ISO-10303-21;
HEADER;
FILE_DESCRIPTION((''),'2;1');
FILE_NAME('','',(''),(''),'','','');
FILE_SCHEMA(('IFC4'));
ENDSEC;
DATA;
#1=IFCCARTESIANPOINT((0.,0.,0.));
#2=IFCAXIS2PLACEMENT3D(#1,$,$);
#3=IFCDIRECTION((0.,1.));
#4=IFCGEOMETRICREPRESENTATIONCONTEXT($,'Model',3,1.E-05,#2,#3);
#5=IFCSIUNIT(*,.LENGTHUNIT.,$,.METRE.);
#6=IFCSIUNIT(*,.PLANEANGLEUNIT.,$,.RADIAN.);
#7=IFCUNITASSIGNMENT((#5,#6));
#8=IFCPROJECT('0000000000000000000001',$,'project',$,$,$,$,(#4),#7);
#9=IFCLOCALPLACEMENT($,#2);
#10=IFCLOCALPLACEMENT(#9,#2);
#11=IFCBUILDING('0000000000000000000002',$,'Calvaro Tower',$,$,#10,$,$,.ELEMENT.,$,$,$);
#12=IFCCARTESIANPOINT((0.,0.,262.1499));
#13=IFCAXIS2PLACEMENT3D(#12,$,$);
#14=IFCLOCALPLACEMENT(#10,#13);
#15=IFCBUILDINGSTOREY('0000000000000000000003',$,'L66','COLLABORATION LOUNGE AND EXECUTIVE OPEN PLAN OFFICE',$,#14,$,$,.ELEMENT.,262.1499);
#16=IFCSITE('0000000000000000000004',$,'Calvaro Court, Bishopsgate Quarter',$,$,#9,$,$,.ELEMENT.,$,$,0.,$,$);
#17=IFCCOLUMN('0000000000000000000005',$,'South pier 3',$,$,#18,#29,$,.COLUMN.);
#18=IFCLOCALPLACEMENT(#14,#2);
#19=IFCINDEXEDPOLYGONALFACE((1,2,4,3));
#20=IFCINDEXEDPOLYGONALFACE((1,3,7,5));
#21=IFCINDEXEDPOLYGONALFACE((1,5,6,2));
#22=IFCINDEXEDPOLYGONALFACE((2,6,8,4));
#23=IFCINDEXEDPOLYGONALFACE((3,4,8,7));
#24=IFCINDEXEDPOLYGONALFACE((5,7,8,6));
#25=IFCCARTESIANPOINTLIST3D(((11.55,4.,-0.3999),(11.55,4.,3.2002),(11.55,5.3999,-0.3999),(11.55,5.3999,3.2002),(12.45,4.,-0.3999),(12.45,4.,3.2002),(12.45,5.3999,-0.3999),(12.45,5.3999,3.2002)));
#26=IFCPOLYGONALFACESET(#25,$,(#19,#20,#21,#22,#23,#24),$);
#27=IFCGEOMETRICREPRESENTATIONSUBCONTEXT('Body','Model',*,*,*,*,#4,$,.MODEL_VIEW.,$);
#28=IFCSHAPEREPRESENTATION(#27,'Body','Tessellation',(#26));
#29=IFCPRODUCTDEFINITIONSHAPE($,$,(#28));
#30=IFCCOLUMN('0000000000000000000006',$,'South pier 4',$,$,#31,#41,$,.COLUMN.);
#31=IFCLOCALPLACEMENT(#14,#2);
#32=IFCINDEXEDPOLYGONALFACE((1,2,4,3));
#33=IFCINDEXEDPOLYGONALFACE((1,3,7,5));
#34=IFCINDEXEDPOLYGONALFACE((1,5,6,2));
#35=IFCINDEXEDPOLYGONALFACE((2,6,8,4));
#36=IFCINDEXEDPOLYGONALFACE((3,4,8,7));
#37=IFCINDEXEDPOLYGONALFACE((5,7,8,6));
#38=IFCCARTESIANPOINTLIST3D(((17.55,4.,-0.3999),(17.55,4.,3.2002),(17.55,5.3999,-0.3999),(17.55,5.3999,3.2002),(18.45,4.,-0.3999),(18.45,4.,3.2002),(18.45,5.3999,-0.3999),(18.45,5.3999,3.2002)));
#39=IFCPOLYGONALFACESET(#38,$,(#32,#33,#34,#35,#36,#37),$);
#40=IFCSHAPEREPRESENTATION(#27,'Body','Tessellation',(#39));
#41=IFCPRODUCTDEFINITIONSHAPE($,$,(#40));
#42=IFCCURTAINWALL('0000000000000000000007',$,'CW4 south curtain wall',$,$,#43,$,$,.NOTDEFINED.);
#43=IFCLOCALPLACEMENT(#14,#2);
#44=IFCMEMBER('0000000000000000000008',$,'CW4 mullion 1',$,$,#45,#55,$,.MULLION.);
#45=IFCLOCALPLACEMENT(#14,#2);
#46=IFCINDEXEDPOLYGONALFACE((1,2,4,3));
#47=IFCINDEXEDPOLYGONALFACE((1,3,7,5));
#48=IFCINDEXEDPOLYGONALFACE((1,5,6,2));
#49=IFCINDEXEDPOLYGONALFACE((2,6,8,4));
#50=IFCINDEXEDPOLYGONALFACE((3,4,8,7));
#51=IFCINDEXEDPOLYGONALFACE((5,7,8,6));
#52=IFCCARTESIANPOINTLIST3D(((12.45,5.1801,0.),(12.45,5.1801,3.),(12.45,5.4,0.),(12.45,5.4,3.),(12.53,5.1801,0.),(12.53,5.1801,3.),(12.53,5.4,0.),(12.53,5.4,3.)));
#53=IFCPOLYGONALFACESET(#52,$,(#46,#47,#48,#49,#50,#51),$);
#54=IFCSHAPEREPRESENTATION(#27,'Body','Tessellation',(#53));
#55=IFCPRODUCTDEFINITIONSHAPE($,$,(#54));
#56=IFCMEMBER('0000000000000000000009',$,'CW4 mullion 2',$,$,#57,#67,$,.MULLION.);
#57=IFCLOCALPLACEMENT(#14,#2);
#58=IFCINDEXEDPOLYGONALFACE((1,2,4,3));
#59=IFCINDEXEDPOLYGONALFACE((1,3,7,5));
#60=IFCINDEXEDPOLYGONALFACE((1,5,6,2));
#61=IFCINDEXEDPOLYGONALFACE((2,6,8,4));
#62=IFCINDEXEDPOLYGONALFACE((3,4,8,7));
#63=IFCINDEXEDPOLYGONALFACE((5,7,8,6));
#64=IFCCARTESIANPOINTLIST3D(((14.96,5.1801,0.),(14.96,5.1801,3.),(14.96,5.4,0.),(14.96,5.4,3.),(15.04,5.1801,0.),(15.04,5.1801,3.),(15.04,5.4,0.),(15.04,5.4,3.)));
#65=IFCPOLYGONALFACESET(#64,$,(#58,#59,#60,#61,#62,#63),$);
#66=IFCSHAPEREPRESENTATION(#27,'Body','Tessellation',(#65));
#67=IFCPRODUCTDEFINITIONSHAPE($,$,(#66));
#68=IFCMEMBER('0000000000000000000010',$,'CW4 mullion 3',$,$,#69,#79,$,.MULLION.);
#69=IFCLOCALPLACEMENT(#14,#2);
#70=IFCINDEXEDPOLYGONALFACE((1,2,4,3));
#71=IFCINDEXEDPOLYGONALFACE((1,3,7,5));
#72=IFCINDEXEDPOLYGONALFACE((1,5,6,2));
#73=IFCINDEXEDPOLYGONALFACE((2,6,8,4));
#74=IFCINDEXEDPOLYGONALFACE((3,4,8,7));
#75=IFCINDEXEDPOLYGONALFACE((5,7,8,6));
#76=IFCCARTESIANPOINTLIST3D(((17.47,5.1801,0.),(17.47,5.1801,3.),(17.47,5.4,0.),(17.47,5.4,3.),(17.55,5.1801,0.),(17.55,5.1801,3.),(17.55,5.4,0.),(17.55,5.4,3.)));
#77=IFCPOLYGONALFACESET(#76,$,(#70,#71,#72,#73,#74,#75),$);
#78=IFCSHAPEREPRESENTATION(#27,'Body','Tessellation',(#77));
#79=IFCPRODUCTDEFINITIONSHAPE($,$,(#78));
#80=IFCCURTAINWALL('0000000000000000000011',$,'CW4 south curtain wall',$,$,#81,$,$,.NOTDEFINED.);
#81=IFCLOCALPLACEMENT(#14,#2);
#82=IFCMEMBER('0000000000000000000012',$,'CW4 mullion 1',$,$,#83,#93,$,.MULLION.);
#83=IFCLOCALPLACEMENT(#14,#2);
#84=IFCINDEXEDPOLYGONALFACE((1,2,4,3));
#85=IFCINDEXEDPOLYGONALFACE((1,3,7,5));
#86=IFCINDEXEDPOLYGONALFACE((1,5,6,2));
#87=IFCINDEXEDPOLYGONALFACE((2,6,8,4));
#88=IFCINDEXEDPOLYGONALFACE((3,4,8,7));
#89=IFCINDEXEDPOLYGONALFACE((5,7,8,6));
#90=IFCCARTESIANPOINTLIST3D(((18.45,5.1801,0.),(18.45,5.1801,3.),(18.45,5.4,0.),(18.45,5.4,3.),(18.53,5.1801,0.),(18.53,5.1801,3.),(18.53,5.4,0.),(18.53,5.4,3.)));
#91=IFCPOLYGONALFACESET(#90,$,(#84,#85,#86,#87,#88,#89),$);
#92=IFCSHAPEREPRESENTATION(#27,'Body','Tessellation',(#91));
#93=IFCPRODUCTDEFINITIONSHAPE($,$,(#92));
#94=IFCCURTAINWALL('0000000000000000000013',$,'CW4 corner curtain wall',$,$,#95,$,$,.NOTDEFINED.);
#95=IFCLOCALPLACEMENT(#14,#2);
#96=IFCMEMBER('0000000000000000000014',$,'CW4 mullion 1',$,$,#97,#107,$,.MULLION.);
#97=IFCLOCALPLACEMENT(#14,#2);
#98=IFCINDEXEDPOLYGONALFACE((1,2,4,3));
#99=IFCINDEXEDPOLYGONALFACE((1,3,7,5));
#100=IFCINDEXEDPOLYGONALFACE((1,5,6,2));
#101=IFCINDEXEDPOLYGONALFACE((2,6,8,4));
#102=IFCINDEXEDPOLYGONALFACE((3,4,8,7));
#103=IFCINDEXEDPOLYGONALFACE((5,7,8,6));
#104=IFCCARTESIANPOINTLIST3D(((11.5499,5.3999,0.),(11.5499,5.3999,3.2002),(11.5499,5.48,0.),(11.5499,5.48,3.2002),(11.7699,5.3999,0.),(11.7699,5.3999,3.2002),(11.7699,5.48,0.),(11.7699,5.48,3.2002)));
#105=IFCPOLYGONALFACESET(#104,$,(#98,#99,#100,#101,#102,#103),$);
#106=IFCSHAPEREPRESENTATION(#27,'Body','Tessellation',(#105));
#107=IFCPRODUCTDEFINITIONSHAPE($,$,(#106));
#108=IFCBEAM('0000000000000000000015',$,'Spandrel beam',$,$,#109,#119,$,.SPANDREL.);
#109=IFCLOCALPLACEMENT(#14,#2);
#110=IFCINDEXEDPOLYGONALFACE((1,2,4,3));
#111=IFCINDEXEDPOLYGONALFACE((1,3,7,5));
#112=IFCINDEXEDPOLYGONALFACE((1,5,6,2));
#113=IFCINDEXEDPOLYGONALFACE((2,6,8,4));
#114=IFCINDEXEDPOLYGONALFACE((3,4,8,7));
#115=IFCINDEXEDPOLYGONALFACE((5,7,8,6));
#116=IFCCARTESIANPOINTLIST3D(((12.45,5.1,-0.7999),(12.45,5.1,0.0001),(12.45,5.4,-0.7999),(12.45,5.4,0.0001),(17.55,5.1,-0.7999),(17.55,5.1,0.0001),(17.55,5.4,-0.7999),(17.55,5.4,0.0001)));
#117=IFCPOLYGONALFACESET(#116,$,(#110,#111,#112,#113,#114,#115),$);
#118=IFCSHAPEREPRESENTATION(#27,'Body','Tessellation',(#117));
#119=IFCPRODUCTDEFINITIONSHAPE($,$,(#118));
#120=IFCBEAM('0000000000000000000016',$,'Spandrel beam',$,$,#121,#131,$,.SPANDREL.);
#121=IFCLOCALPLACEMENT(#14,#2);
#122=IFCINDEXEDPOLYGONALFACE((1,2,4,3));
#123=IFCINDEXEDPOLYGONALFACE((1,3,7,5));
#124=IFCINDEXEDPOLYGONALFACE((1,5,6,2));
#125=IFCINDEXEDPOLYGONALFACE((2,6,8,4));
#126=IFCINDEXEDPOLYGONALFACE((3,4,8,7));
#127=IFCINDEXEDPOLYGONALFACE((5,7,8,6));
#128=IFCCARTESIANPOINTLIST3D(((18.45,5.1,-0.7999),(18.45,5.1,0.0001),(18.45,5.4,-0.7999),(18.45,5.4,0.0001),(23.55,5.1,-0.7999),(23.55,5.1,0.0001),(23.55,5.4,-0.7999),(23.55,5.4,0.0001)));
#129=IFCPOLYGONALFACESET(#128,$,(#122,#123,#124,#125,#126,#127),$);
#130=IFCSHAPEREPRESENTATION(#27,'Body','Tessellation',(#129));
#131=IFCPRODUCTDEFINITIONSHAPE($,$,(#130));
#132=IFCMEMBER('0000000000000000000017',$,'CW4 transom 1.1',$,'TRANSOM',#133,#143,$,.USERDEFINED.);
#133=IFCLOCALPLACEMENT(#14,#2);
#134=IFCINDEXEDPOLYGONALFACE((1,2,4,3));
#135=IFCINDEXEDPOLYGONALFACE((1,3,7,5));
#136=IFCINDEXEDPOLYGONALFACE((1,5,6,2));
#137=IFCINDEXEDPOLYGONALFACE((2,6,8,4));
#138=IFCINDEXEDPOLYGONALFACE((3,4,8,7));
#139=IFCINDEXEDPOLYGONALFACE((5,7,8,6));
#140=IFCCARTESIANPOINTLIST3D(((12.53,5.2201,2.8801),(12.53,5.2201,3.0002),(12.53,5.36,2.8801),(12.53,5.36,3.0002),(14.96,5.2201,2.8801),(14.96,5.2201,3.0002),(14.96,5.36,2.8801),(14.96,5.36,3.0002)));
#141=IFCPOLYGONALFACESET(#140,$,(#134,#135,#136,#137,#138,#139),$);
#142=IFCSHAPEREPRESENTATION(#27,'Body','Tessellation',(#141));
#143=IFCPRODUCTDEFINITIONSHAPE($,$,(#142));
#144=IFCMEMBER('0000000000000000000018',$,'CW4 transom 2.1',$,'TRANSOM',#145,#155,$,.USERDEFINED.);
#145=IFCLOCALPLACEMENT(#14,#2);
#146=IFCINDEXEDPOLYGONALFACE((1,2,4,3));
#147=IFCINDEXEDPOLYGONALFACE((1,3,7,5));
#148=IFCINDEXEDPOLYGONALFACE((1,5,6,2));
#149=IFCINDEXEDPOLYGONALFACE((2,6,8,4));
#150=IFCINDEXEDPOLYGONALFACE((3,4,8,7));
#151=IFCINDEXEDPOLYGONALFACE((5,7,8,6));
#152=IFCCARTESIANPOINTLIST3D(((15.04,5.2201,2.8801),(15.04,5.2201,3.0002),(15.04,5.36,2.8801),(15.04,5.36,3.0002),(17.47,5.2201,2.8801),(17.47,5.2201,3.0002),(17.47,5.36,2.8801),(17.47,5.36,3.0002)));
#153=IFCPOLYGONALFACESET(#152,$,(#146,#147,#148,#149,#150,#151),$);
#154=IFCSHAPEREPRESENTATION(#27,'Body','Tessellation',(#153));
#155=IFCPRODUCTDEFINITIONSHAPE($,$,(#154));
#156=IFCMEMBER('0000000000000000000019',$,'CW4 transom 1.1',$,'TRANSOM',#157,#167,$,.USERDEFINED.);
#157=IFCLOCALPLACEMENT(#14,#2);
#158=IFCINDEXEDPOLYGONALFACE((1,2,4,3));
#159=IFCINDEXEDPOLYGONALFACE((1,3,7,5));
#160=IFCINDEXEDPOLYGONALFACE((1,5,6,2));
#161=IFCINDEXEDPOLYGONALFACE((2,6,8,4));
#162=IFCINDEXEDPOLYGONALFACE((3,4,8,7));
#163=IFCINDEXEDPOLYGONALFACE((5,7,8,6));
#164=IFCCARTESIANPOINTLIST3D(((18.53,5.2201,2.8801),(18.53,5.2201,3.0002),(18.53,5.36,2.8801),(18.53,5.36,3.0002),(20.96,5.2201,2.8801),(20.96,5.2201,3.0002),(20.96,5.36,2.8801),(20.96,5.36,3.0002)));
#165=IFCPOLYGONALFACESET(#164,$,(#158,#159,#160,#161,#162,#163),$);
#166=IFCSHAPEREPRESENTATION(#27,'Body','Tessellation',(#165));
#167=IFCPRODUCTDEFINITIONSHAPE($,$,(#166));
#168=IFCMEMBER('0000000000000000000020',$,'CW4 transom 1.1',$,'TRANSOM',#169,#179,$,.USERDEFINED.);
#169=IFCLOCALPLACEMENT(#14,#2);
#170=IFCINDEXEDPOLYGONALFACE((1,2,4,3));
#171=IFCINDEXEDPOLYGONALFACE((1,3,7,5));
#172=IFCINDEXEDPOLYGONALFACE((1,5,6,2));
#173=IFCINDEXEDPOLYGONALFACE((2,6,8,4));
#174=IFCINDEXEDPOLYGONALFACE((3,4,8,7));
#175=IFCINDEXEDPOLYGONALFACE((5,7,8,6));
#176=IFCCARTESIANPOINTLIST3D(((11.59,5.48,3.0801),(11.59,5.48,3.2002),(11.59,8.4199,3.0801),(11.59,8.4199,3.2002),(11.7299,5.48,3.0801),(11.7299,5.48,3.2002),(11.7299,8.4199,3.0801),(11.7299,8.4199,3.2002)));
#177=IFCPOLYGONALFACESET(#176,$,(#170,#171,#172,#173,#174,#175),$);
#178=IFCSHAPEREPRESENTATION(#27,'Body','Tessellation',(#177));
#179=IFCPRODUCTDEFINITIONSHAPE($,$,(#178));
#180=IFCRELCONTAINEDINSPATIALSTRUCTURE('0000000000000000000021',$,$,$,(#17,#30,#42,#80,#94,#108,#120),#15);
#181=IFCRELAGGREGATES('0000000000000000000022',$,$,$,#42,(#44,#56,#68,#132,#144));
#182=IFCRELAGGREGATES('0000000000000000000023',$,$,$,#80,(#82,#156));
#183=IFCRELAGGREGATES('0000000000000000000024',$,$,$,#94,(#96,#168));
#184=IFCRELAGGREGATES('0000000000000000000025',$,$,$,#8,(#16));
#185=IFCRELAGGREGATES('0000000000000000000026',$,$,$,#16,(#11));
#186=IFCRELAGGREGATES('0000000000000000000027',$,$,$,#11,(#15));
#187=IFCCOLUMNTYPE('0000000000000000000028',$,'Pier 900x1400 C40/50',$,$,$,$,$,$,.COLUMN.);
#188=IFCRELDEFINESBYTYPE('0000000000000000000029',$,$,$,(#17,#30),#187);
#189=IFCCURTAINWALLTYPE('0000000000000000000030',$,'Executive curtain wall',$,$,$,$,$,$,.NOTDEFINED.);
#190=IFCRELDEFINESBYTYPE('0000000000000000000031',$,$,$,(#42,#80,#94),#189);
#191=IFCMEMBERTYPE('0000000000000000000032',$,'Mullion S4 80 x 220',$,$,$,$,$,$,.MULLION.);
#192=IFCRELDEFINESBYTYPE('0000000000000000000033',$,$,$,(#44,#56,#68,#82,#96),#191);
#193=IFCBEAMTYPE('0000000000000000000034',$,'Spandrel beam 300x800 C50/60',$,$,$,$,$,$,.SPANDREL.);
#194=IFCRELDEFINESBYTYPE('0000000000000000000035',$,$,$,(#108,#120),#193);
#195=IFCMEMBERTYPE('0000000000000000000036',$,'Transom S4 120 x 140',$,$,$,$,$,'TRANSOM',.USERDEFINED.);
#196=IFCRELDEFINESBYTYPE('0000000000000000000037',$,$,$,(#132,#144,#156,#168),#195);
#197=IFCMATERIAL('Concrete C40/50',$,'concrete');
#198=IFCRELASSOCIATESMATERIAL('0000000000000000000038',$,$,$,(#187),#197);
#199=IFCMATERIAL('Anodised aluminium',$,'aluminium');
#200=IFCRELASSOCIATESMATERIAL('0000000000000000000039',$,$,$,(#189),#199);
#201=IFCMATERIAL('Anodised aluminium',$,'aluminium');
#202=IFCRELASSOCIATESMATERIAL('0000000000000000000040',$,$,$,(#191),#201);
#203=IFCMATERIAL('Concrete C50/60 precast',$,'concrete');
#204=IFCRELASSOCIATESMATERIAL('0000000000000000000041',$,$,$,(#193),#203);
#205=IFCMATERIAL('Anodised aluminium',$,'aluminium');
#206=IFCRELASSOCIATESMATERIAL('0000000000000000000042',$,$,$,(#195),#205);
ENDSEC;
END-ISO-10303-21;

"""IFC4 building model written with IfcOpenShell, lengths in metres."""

from ifc_helpers import new_model, si_unit, direction, frame, origin, origin_2d, place, context, subcontext, project, spatial, rectangle, extrude, material, material_profile, profile_set, type_object, element, aggregate, save


model = new_model("IFC4")

# Units and contexts
model_context = context("Model", 3, precision=1e-05, world=origin(), true_north=direction((0.0, 1.0)))
body_context = subcontext(model_context, "Body", "Model", "MODEL_VIEW")
ifc_project = project(units=[si_unit("LENGTHUNIT", "METRE"), si_unit("PLANEANGLEUNIT", "RADIAN")], contexts=[model_context])

# Site, building, storey
site_placement = place(None, origin())
site = spatial("IfcSite", under=ifc_project, at=site_placement, Name="Calvaro Court, Bishopsgate Quarter", CompositionType="ELEMENT", RefElevation=0.0)
building_placement = place(site_placement, origin())
building = spatial("IfcBuilding", under=site, at=building_placement, Name="Calvaro Tower", CompositionType="ELEMENT")
storey_placement = place(building_placement, frame((0.0, 0.0, 262.1499)))
storey = spatial("IfcBuildingStorey", under=building, at=storey_placement, Name="L66", Description="COLLABORATION LOUNGE AND EXECUTIVE OPEN PLAN OFFICE", CompositionType="ELEMENT", Elevation=262.1499)

# Columns
ifc_material_1 = material(Name="Concrete C40/50", Category="concrete")
ifc_material_profile_1 = material_profile(ifc_material_1, rectangle(XDim=0.8999, YDim=1.3999, at=origin_2d()), Name="RC 900x1400")
ifc_profile_set_1 = profile_set([ifc_material_profile_1], Name="Concrete C40/50")
column_type = type_object("IfcColumnType", Name="Pier 900x1400 C40/50", PredefinedType="COLUMN", material=ifc_profile_set_1)
for number, where, z_axis, x_axis, name in (
    (1, (12.0, 4.7, -0.3999), (0.0, 0.0, 1.0), (1.0, 0.0, 0.0), "South pier 3"),
    (2, (18.0, 4.7, -0.3999), (0.0, 0.0, 1.0), (1.0, 0.0, 0.0), "South pier 4"),
):
    element("IfcColumn", number, at=place(storey_placement, frame(where, z_axis=z_axis, x_axis=x_axis)), inside=storey, type_object=column_type, Name=name, PredefinedType="COLUMN", context=body_context, shape_type="SweptSolid", body=[
        extrude(rectangle(XDim=0.8999, YDim=1.3999, at=origin_2d()), origin(), (0.0, 0.0, 1.0), 3.6001),
    ])

# Curtain wall, members
ifc_material_2 = material(Name="Anodised aluminium", Category="aluminium")
curtain_wall_type = type_object("IfcCurtainWallType", Name="Executive curtain wall", PredefinedType="NOTDEFINED", material=ifc_material_2)
curtain_wall_1_placement = place(storey_placement, origin())
curtain_wall_1 = element("IfcCurtainWall", 3, at=curtain_wall_1_placement, inside=storey, type_object=curtain_wall_type, Name="CW4 south curtain wall", PredefinedType="NOTDEFINED")
ifc_material_3 = material(Name="Anodised aluminium", Category="aluminium")
ifc_material_profile_2 = material_profile(ifc_material_3, rectangle(XDim=0.22, YDim=0.0801, at=origin_2d()), Name="Mullion S4 80 x 220")
ifc_profile_set_2 = profile_set([ifc_material_profile_2], Name="Anodised aluminium")
member_type_1 = type_object("IfcMemberType", Name="Mullion S4 80 x 220", PredefinedType="MULLION", material=ifc_profile_set_2)
member_1_placement = place(storey_placement, frame((12.49, 5.29, 0.0), z_axis=(0.0, 0.0, 1.0), x_axis=(0.0, 1.0, 0.0)))
member_1 = element("IfcMember", 4, at=member_1_placement, type_object=member_type_1, Name="CW4 mullion 1", PredefinedType="MULLION", context=body_context, shape_type="SweptSolid", body=[
    extrude(rectangle(XDim=0.22, YDim=0.0801, at=origin_2d()), origin(), (0.0, 0.0, 1.0), 3.0),
])
member_2_placement = place(storey_placement, frame((15.0, 5.29, 0.0), z_axis=(0.0, 0.0, 1.0), x_axis=(0.0, 1.0, 0.0)))
member_2 = element("IfcMember", 5, at=member_2_placement, type_object=member_type_1, Name="CW4 mullion 2", PredefinedType="MULLION", context=body_context, shape_type="SweptSolid", body=[
    extrude(rectangle(XDim=0.22, YDim=0.0801, at=origin_2d()), origin(), (0.0, 0.0, 1.0), 3.0),
])
member_3_placement = place(storey_placement, frame((17.51, 5.29, 0.0), z_axis=(0.0, 0.0, 1.0), x_axis=(0.0, 1.0, 0.0)))
member_3 = element("IfcMember", 6, at=member_3_placement, type_object=member_type_1, Name="CW4 mullion 3", PredefinedType="MULLION", context=body_context, shape_type="SweptSolid", body=[
    extrude(rectangle(XDim=0.22, YDim=0.0801, at=origin_2d()), origin(), (0.0, 0.0, 1.0), 3.0),
])

# Curtain walls, members
curtain_wall_2_placement = place(storey_placement, origin())
curtain_wall_2 = element("IfcCurtainWall", 7, at=curtain_wall_2_placement, inside=storey, type_object=curtain_wall_type, Name="CW4 south curtain wall", PredefinedType="NOTDEFINED")
member_4_placement = place(storey_placement, frame((18.49, 5.29, 0.0), z_axis=(0.0, 0.0, 1.0), x_axis=(0.0, 1.0, 0.0)))
member_4 = element("IfcMember", 8, at=member_4_placement, type_object=member_type_1, Name="CW4 mullion 1", PredefinedType="MULLION", context=body_context, shape_type="SweptSolid", body=[
    extrude(rectangle(XDim=0.22, YDim=0.0801, at=origin_2d()), origin(), (0.0, 0.0, 1.0), 3.0),
])
curtain_wall_3_placement = place(storey_placement, origin())
curtain_wall_3 = element("IfcCurtainWall", 9, at=curtain_wall_3_placement, inside=storey, type_object=curtain_wall_type, Name="CW4 corner curtain wall", PredefinedType="NOTDEFINED")
member_5_placement = place(storey_placement, frame((11.6599, 5.4399, 0.0), z_axis=(0.0, 0.0, 1.0), x_axis=(-1.0, 0.0, 0.0)))
member_5 = element("IfcMember", 10, at=member_5_placement, type_object=member_type_1, Name="CW4 mullion 1", PredefinedType="MULLION", context=body_context, shape_type="SweptSolid", body=[
    extrude(rectangle(XDim=0.22, YDim=0.0801, at=origin_2d()), origin(), (0.0, 0.0, 1.0), 3.2002),
])

# Beams
ifc_material_4 = material(Name="Concrete C50/60 precast", Category="concrete")
ifc_material_profile_3 = material_profile(ifc_material_4, rectangle(XDim=0.3, YDim=0.8, at=origin_2d()), Name="RC 300x800")
ifc_profile_set_3 = profile_set([ifc_material_profile_3], Name="Concrete C50/60 precast")
beam_type = type_object("IfcBeamType", Name="Spandrel beam 300x800 C50/60", PredefinedType="SPANDREL", material=ifc_profile_set_3)
for number, where, z_axis, x_axis, name in (
    (11, (12.45, 5.25, -0.3999), (1.0, 0.0, 0.0), (0.0, 1.0, 0.0), "Spandrel beam"),
    (12, (18.45, 5.25, -0.3999), (1.0, 0.0, 0.0), (0.0, 1.0, 0.0), "Spandrel beam"),
):
    element("IfcBeam", number, at=place(storey_placement, frame(where, z_axis=z_axis, x_axis=x_axis)), inside=storey, type_object=beam_type, Name=name, PredefinedType="SPANDREL", context=body_context, shape_type="SweptSolid", body=[
        extrude(rectangle(XDim=0.3, YDim=0.8, at=origin_2d()), origin(), (0.0, 0.0, 1.0), 5.1001),
    ])

# Members
ifc_material_5 = material(Name="Anodised aluminium", Category="aluminium")
ifc_material_profile_4 = material_profile(ifc_material_5, rectangle(XDim=0.1399, YDim=0.1201, at=origin_2d()), Name="Transom S4 120 x 140")
ifc_profile_set_4 = profile_set([ifc_material_profile_4], Name="Anodised aluminium")
member_type_2 = type_object("IfcMemberType", Name="Transom S4 120 x 140", ElementType="TRANSOM", PredefinedType="USERDEFINED", material=ifc_profile_set_4)
member_6_placement = place(storey_placement, frame((12.53, 5.29, 2.9402), z_axis=(1.0, 0.0, 0.0), x_axis=(0.0, 1.0, 0.0)))
member_6 = element("IfcMember", 13, at=member_6_placement, type_object=member_type_2, Name="CW4 transom 1.1", ObjectType="TRANSOM", PredefinedType="USERDEFINED", context=body_context, shape_type="SweptSolid", body=[
    extrude(rectangle(XDim=0.1399, YDim=0.1201, at=origin_2d()), origin(), (0.0, 0.0, 1.0), 2.4299),
])
member_7_placement = place(storey_placement, frame((15.04, 5.29, 2.9402), z_axis=(1.0, 0.0, 0.0), x_axis=(0.0, 1.0, 0.0)))
member_7 = element("IfcMember", 14, at=member_7_placement, type_object=member_type_2, Name="CW4 transom 2.1", ObjectType="TRANSOM", PredefinedType="USERDEFINED", context=body_context, shape_type="SweptSolid", body=[
    extrude(rectangle(XDim=0.1399, YDim=0.1201, at=origin_2d()), origin(), (0.0, 0.0, 1.0), 2.4299),
])
member_8_placement = place(storey_placement, frame((18.53, 5.29, 2.9402), z_axis=(1.0, 0.0, 0.0), x_axis=(0.0, 1.0, 0.0)))
member_8 = element("IfcMember", 15, at=member_8_placement, type_object=member_type_2, Name="CW4 transom 1.1", ObjectType="TRANSOM", PredefinedType="USERDEFINED", context=body_context, shape_type="SweptSolid", body=[
    extrude(rectangle(XDim=0.1399, YDim=0.1201, at=origin_2d()), origin(), (0.0, 0.0, 1.0), 2.4299),
])
member_9_placement = place(storey_placement, frame((11.6599, 5.48, 3.1401), z_axis=(0.0, 1.0, 0.0), x_axis=(-1.0, 0.0, 0.0)))
member_9 = element("IfcMember", 16, at=member_9_placement, type_object=member_type_2, Name="CW4 transom 1.1", ObjectType="TRANSOM", PredefinedType="USERDEFINED", context=body_context, shape_type="SweptSolid", body=[
    extrude(rectangle(XDim=0.1399, YDim=0.1201, at=origin_2d()), origin(), (0.0, 0.0, 1.0), 2.9399),
])

aggregate(curtain_wall_1, [member_1, member_2, member_3, member_6, member_7])
aggregate(curtain_wall_2, [member_4, member_8])
aggregate(curtain_wall_3, [member_5, member_9])

save(model, "model.ifc")
